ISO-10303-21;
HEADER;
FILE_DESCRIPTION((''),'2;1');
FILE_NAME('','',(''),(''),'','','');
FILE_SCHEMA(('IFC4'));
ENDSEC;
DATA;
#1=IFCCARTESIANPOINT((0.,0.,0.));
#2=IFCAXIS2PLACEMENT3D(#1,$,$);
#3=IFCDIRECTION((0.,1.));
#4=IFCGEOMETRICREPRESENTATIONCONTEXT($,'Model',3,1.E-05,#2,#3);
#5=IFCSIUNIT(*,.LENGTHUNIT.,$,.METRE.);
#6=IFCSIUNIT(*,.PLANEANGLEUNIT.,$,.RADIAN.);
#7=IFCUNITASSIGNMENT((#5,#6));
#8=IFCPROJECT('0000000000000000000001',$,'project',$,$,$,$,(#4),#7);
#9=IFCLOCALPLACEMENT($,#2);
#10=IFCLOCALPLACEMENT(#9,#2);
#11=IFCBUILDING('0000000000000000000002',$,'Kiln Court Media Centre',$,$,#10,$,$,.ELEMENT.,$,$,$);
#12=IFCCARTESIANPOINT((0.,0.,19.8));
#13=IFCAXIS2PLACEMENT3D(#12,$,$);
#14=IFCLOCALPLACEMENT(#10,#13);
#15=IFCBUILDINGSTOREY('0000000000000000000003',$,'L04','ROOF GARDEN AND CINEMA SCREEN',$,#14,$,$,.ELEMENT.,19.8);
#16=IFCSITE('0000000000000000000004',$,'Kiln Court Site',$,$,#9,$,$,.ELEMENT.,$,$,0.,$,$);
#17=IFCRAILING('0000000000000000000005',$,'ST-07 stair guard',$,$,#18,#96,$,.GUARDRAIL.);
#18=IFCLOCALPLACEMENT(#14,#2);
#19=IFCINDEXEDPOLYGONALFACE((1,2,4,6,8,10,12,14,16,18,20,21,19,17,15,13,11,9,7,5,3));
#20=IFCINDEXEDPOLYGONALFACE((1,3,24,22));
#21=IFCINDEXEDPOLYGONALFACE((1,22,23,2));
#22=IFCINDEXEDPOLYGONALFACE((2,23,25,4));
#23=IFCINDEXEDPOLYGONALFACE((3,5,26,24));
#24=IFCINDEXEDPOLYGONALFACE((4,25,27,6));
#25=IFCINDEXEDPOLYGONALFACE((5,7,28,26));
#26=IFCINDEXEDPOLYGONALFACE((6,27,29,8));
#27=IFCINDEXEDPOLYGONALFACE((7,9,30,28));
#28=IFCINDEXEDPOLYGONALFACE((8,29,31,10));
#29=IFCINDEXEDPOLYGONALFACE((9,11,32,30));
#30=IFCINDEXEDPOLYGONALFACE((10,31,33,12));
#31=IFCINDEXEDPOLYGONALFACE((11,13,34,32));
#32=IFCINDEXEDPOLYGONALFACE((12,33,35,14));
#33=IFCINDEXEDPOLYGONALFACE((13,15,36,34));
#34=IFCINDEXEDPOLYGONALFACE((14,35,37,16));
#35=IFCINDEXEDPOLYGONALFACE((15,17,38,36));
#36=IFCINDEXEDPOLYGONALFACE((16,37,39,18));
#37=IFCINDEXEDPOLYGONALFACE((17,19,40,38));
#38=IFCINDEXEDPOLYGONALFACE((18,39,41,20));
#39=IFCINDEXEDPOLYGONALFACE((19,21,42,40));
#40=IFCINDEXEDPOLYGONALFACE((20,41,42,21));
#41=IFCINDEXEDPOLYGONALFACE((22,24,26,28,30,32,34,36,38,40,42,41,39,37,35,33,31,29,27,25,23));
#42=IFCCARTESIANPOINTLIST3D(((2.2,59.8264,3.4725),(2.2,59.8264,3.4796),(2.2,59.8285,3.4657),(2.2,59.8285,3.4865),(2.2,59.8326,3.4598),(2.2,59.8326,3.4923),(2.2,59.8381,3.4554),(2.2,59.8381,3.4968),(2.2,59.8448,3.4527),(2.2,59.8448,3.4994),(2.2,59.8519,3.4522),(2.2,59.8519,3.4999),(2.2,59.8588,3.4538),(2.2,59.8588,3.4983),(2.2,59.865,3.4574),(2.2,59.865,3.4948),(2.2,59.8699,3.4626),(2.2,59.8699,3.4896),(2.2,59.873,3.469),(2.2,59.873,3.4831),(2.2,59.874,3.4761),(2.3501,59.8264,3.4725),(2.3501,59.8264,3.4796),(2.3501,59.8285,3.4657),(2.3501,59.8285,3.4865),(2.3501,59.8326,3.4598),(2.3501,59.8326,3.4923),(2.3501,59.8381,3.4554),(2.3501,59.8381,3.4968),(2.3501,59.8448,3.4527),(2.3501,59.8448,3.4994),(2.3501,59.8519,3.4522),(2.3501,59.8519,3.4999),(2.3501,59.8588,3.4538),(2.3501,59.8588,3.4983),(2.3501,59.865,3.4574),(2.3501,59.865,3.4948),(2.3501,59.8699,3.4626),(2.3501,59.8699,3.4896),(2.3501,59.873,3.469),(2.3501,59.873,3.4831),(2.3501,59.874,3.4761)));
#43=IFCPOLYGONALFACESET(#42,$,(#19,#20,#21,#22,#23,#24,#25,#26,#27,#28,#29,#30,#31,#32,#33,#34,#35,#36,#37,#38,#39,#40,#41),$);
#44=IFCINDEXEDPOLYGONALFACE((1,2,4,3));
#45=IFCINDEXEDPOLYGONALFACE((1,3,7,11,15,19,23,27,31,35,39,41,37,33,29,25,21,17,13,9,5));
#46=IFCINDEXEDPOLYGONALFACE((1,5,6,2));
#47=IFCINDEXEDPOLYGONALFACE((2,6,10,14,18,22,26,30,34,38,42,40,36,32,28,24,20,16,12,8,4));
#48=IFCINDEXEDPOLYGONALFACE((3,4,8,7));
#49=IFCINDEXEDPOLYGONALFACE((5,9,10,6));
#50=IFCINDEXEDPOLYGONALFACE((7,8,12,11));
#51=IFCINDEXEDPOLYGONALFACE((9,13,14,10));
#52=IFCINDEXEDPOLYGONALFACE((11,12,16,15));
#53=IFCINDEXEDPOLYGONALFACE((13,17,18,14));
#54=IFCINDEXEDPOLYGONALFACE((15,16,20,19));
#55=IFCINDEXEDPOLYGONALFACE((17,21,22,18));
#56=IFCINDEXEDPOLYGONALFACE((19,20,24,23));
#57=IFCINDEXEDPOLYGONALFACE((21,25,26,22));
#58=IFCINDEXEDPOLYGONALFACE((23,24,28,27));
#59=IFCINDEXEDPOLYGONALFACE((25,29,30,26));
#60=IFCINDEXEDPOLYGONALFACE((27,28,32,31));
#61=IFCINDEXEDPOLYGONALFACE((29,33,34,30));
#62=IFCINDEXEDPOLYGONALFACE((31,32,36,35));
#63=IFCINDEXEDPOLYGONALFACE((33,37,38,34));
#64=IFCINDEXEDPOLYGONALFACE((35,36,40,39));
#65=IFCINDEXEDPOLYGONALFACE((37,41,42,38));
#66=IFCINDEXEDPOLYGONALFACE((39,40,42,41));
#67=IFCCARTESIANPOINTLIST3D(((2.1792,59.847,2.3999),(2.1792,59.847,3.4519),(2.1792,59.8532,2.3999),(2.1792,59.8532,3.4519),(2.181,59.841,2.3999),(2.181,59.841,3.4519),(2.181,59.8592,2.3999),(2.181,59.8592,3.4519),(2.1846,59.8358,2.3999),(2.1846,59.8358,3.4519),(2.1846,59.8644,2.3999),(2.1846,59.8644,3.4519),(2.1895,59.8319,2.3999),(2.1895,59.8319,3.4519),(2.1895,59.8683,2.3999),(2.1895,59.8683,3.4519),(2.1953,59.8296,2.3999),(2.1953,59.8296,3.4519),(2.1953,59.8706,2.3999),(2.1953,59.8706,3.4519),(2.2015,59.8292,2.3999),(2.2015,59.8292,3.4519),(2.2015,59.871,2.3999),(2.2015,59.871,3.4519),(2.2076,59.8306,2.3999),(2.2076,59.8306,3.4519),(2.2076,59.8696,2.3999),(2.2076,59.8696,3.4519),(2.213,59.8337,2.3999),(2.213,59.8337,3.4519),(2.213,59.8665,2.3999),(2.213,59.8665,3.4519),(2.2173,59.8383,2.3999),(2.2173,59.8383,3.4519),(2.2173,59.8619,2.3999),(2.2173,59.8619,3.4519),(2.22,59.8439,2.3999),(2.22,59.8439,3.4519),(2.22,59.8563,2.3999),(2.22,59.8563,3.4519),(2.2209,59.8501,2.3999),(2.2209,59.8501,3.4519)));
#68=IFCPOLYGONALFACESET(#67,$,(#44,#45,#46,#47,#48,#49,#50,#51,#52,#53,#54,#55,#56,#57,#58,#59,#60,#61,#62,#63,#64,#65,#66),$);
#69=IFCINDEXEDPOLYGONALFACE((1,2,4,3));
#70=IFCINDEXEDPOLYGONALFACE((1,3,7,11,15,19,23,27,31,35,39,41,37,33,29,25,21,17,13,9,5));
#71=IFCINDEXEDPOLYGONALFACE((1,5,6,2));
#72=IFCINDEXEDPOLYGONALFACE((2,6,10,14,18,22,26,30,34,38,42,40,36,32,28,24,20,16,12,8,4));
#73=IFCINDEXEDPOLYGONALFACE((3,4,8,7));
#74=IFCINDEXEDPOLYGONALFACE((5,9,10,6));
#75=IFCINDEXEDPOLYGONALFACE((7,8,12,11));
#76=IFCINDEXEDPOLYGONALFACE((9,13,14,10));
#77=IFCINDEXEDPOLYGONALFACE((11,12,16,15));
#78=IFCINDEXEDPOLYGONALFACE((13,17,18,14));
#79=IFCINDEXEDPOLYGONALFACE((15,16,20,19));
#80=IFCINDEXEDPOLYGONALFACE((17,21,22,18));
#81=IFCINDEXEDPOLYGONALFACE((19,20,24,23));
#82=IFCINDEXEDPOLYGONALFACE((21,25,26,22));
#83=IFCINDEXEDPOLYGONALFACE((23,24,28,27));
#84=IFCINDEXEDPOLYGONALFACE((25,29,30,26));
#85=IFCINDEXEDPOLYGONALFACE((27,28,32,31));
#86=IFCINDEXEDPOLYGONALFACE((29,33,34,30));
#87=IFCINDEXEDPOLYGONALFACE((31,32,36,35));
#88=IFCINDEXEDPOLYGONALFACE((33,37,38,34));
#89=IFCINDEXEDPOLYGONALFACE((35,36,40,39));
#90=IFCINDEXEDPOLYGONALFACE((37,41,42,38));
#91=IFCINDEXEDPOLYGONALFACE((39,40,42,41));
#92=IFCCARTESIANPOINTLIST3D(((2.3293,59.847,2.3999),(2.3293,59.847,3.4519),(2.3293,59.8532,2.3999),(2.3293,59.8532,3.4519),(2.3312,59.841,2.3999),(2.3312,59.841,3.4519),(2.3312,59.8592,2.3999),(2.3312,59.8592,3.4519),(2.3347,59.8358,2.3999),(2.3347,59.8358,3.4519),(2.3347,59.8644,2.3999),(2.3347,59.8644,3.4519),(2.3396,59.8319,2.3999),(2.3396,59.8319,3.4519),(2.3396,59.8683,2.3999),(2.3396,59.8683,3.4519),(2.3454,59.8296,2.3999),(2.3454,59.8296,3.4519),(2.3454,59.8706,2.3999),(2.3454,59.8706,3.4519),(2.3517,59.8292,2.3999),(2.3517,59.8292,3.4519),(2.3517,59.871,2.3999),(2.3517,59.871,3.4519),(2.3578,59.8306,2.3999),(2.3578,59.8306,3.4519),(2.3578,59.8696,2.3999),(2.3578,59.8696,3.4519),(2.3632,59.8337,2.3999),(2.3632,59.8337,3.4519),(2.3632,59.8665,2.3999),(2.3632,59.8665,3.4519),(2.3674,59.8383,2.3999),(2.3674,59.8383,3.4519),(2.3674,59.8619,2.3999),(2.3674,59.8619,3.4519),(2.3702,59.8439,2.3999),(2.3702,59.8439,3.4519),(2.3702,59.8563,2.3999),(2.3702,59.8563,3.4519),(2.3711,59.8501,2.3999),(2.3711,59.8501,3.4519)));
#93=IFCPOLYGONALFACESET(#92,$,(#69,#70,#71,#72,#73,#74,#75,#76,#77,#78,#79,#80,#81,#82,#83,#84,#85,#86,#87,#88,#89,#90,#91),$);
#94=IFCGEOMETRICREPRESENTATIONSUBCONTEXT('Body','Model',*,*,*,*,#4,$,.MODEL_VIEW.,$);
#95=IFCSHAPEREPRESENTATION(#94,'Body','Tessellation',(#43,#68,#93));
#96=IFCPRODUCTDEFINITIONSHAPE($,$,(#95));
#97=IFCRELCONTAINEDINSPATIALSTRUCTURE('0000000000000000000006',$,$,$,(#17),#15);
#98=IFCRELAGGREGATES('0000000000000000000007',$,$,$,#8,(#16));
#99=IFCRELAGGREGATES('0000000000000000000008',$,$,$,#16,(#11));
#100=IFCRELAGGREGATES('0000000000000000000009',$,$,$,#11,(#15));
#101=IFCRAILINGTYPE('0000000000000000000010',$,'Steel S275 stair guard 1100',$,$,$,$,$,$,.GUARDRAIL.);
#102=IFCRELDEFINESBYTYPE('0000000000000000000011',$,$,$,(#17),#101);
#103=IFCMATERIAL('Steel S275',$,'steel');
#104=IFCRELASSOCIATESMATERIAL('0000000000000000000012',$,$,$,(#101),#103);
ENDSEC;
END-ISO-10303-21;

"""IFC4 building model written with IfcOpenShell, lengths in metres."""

from ifc_helpers import new_model, si_unit, direction, frame, origin, origin_2d, place, context, subcontext, project, spatial, circle, extrude, material, type_object, element, save


model = new_model("IFC4")

# Units and contexts
model_context = context("Model", 3, precision=1e-05, world=origin(), true_north=direction((0.0, 1.0)))
body_context = subcontext(model_context, "Body", "Model", "MODEL_VIEW")
ifc_project = project(units=[si_unit("LENGTHUNIT", "METRE"), si_unit("PLANEANGLEUNIT", "RADIAN")], contexts=[model_context])

# Site, building, storey
site_placement = place(None, origin())
site = spatial("IfcSite", under=ifc_project, at=site_placement, Name="Kiln Court Site", CompositionType="ELEMENT", RefElevation=0.0)
building_placement = place(site_placement, origin())
building = spatial("IfcBuilding", under=site, at=building_placement, Name="Kiln Court Media Centre", CompositionType="ELEMENT")
storey_placement = place(building_placement, frame((0.0, 0.0, 19.8)))
storey = spatial("IfcBuildingStorey", under=building, at=storey_placement, Name="L04", Description="ROOF GARDEN AND CINEMA SCREEN", CompositionType="ELEMENT", Elevation=19.8)

# Railing
ifc_material_1 = material(Name="Steel S275", Category="steel")
railing_type_1 = type_object("IfcRailingType", Name="Steel S275 stair guard 1100", PredefinedType="GUARDRAIL", material=ifc_material_1)
railing_1_placement = place(storey_placement, frame((2.2, 59.8501, 2.3999)))
element("IfcRailing", 1, at=railing_1_placement, inside=storey, type_object=railing_type_1, Name="ST-07 stair guard", PredefinedType="GUARDRAIL", context=body_context, shape_type="SweptSolid", body=[
    extrude(circle(Radius=0.0239, at=origin_2d()), frame((0.0, 0.0, 1.0762), z_axis=(1.0, 0.0, 0.0), x_axis=(0.0, 1.0, 0.0)), (0.0, 0.0, 1.0), 0.1501),
    extrude(circle(Radius=0.021, at=origin_2d()), origin(), (0.0, 0.0, 1.0), 1.052),
    extrude(circle(Radius=0.021, at=origin_2d()), frame((0.1501, 0.0, 0.0)), (0.0, 0.0, 1.0), 1.052),
])

save(model, "model.ifc")
